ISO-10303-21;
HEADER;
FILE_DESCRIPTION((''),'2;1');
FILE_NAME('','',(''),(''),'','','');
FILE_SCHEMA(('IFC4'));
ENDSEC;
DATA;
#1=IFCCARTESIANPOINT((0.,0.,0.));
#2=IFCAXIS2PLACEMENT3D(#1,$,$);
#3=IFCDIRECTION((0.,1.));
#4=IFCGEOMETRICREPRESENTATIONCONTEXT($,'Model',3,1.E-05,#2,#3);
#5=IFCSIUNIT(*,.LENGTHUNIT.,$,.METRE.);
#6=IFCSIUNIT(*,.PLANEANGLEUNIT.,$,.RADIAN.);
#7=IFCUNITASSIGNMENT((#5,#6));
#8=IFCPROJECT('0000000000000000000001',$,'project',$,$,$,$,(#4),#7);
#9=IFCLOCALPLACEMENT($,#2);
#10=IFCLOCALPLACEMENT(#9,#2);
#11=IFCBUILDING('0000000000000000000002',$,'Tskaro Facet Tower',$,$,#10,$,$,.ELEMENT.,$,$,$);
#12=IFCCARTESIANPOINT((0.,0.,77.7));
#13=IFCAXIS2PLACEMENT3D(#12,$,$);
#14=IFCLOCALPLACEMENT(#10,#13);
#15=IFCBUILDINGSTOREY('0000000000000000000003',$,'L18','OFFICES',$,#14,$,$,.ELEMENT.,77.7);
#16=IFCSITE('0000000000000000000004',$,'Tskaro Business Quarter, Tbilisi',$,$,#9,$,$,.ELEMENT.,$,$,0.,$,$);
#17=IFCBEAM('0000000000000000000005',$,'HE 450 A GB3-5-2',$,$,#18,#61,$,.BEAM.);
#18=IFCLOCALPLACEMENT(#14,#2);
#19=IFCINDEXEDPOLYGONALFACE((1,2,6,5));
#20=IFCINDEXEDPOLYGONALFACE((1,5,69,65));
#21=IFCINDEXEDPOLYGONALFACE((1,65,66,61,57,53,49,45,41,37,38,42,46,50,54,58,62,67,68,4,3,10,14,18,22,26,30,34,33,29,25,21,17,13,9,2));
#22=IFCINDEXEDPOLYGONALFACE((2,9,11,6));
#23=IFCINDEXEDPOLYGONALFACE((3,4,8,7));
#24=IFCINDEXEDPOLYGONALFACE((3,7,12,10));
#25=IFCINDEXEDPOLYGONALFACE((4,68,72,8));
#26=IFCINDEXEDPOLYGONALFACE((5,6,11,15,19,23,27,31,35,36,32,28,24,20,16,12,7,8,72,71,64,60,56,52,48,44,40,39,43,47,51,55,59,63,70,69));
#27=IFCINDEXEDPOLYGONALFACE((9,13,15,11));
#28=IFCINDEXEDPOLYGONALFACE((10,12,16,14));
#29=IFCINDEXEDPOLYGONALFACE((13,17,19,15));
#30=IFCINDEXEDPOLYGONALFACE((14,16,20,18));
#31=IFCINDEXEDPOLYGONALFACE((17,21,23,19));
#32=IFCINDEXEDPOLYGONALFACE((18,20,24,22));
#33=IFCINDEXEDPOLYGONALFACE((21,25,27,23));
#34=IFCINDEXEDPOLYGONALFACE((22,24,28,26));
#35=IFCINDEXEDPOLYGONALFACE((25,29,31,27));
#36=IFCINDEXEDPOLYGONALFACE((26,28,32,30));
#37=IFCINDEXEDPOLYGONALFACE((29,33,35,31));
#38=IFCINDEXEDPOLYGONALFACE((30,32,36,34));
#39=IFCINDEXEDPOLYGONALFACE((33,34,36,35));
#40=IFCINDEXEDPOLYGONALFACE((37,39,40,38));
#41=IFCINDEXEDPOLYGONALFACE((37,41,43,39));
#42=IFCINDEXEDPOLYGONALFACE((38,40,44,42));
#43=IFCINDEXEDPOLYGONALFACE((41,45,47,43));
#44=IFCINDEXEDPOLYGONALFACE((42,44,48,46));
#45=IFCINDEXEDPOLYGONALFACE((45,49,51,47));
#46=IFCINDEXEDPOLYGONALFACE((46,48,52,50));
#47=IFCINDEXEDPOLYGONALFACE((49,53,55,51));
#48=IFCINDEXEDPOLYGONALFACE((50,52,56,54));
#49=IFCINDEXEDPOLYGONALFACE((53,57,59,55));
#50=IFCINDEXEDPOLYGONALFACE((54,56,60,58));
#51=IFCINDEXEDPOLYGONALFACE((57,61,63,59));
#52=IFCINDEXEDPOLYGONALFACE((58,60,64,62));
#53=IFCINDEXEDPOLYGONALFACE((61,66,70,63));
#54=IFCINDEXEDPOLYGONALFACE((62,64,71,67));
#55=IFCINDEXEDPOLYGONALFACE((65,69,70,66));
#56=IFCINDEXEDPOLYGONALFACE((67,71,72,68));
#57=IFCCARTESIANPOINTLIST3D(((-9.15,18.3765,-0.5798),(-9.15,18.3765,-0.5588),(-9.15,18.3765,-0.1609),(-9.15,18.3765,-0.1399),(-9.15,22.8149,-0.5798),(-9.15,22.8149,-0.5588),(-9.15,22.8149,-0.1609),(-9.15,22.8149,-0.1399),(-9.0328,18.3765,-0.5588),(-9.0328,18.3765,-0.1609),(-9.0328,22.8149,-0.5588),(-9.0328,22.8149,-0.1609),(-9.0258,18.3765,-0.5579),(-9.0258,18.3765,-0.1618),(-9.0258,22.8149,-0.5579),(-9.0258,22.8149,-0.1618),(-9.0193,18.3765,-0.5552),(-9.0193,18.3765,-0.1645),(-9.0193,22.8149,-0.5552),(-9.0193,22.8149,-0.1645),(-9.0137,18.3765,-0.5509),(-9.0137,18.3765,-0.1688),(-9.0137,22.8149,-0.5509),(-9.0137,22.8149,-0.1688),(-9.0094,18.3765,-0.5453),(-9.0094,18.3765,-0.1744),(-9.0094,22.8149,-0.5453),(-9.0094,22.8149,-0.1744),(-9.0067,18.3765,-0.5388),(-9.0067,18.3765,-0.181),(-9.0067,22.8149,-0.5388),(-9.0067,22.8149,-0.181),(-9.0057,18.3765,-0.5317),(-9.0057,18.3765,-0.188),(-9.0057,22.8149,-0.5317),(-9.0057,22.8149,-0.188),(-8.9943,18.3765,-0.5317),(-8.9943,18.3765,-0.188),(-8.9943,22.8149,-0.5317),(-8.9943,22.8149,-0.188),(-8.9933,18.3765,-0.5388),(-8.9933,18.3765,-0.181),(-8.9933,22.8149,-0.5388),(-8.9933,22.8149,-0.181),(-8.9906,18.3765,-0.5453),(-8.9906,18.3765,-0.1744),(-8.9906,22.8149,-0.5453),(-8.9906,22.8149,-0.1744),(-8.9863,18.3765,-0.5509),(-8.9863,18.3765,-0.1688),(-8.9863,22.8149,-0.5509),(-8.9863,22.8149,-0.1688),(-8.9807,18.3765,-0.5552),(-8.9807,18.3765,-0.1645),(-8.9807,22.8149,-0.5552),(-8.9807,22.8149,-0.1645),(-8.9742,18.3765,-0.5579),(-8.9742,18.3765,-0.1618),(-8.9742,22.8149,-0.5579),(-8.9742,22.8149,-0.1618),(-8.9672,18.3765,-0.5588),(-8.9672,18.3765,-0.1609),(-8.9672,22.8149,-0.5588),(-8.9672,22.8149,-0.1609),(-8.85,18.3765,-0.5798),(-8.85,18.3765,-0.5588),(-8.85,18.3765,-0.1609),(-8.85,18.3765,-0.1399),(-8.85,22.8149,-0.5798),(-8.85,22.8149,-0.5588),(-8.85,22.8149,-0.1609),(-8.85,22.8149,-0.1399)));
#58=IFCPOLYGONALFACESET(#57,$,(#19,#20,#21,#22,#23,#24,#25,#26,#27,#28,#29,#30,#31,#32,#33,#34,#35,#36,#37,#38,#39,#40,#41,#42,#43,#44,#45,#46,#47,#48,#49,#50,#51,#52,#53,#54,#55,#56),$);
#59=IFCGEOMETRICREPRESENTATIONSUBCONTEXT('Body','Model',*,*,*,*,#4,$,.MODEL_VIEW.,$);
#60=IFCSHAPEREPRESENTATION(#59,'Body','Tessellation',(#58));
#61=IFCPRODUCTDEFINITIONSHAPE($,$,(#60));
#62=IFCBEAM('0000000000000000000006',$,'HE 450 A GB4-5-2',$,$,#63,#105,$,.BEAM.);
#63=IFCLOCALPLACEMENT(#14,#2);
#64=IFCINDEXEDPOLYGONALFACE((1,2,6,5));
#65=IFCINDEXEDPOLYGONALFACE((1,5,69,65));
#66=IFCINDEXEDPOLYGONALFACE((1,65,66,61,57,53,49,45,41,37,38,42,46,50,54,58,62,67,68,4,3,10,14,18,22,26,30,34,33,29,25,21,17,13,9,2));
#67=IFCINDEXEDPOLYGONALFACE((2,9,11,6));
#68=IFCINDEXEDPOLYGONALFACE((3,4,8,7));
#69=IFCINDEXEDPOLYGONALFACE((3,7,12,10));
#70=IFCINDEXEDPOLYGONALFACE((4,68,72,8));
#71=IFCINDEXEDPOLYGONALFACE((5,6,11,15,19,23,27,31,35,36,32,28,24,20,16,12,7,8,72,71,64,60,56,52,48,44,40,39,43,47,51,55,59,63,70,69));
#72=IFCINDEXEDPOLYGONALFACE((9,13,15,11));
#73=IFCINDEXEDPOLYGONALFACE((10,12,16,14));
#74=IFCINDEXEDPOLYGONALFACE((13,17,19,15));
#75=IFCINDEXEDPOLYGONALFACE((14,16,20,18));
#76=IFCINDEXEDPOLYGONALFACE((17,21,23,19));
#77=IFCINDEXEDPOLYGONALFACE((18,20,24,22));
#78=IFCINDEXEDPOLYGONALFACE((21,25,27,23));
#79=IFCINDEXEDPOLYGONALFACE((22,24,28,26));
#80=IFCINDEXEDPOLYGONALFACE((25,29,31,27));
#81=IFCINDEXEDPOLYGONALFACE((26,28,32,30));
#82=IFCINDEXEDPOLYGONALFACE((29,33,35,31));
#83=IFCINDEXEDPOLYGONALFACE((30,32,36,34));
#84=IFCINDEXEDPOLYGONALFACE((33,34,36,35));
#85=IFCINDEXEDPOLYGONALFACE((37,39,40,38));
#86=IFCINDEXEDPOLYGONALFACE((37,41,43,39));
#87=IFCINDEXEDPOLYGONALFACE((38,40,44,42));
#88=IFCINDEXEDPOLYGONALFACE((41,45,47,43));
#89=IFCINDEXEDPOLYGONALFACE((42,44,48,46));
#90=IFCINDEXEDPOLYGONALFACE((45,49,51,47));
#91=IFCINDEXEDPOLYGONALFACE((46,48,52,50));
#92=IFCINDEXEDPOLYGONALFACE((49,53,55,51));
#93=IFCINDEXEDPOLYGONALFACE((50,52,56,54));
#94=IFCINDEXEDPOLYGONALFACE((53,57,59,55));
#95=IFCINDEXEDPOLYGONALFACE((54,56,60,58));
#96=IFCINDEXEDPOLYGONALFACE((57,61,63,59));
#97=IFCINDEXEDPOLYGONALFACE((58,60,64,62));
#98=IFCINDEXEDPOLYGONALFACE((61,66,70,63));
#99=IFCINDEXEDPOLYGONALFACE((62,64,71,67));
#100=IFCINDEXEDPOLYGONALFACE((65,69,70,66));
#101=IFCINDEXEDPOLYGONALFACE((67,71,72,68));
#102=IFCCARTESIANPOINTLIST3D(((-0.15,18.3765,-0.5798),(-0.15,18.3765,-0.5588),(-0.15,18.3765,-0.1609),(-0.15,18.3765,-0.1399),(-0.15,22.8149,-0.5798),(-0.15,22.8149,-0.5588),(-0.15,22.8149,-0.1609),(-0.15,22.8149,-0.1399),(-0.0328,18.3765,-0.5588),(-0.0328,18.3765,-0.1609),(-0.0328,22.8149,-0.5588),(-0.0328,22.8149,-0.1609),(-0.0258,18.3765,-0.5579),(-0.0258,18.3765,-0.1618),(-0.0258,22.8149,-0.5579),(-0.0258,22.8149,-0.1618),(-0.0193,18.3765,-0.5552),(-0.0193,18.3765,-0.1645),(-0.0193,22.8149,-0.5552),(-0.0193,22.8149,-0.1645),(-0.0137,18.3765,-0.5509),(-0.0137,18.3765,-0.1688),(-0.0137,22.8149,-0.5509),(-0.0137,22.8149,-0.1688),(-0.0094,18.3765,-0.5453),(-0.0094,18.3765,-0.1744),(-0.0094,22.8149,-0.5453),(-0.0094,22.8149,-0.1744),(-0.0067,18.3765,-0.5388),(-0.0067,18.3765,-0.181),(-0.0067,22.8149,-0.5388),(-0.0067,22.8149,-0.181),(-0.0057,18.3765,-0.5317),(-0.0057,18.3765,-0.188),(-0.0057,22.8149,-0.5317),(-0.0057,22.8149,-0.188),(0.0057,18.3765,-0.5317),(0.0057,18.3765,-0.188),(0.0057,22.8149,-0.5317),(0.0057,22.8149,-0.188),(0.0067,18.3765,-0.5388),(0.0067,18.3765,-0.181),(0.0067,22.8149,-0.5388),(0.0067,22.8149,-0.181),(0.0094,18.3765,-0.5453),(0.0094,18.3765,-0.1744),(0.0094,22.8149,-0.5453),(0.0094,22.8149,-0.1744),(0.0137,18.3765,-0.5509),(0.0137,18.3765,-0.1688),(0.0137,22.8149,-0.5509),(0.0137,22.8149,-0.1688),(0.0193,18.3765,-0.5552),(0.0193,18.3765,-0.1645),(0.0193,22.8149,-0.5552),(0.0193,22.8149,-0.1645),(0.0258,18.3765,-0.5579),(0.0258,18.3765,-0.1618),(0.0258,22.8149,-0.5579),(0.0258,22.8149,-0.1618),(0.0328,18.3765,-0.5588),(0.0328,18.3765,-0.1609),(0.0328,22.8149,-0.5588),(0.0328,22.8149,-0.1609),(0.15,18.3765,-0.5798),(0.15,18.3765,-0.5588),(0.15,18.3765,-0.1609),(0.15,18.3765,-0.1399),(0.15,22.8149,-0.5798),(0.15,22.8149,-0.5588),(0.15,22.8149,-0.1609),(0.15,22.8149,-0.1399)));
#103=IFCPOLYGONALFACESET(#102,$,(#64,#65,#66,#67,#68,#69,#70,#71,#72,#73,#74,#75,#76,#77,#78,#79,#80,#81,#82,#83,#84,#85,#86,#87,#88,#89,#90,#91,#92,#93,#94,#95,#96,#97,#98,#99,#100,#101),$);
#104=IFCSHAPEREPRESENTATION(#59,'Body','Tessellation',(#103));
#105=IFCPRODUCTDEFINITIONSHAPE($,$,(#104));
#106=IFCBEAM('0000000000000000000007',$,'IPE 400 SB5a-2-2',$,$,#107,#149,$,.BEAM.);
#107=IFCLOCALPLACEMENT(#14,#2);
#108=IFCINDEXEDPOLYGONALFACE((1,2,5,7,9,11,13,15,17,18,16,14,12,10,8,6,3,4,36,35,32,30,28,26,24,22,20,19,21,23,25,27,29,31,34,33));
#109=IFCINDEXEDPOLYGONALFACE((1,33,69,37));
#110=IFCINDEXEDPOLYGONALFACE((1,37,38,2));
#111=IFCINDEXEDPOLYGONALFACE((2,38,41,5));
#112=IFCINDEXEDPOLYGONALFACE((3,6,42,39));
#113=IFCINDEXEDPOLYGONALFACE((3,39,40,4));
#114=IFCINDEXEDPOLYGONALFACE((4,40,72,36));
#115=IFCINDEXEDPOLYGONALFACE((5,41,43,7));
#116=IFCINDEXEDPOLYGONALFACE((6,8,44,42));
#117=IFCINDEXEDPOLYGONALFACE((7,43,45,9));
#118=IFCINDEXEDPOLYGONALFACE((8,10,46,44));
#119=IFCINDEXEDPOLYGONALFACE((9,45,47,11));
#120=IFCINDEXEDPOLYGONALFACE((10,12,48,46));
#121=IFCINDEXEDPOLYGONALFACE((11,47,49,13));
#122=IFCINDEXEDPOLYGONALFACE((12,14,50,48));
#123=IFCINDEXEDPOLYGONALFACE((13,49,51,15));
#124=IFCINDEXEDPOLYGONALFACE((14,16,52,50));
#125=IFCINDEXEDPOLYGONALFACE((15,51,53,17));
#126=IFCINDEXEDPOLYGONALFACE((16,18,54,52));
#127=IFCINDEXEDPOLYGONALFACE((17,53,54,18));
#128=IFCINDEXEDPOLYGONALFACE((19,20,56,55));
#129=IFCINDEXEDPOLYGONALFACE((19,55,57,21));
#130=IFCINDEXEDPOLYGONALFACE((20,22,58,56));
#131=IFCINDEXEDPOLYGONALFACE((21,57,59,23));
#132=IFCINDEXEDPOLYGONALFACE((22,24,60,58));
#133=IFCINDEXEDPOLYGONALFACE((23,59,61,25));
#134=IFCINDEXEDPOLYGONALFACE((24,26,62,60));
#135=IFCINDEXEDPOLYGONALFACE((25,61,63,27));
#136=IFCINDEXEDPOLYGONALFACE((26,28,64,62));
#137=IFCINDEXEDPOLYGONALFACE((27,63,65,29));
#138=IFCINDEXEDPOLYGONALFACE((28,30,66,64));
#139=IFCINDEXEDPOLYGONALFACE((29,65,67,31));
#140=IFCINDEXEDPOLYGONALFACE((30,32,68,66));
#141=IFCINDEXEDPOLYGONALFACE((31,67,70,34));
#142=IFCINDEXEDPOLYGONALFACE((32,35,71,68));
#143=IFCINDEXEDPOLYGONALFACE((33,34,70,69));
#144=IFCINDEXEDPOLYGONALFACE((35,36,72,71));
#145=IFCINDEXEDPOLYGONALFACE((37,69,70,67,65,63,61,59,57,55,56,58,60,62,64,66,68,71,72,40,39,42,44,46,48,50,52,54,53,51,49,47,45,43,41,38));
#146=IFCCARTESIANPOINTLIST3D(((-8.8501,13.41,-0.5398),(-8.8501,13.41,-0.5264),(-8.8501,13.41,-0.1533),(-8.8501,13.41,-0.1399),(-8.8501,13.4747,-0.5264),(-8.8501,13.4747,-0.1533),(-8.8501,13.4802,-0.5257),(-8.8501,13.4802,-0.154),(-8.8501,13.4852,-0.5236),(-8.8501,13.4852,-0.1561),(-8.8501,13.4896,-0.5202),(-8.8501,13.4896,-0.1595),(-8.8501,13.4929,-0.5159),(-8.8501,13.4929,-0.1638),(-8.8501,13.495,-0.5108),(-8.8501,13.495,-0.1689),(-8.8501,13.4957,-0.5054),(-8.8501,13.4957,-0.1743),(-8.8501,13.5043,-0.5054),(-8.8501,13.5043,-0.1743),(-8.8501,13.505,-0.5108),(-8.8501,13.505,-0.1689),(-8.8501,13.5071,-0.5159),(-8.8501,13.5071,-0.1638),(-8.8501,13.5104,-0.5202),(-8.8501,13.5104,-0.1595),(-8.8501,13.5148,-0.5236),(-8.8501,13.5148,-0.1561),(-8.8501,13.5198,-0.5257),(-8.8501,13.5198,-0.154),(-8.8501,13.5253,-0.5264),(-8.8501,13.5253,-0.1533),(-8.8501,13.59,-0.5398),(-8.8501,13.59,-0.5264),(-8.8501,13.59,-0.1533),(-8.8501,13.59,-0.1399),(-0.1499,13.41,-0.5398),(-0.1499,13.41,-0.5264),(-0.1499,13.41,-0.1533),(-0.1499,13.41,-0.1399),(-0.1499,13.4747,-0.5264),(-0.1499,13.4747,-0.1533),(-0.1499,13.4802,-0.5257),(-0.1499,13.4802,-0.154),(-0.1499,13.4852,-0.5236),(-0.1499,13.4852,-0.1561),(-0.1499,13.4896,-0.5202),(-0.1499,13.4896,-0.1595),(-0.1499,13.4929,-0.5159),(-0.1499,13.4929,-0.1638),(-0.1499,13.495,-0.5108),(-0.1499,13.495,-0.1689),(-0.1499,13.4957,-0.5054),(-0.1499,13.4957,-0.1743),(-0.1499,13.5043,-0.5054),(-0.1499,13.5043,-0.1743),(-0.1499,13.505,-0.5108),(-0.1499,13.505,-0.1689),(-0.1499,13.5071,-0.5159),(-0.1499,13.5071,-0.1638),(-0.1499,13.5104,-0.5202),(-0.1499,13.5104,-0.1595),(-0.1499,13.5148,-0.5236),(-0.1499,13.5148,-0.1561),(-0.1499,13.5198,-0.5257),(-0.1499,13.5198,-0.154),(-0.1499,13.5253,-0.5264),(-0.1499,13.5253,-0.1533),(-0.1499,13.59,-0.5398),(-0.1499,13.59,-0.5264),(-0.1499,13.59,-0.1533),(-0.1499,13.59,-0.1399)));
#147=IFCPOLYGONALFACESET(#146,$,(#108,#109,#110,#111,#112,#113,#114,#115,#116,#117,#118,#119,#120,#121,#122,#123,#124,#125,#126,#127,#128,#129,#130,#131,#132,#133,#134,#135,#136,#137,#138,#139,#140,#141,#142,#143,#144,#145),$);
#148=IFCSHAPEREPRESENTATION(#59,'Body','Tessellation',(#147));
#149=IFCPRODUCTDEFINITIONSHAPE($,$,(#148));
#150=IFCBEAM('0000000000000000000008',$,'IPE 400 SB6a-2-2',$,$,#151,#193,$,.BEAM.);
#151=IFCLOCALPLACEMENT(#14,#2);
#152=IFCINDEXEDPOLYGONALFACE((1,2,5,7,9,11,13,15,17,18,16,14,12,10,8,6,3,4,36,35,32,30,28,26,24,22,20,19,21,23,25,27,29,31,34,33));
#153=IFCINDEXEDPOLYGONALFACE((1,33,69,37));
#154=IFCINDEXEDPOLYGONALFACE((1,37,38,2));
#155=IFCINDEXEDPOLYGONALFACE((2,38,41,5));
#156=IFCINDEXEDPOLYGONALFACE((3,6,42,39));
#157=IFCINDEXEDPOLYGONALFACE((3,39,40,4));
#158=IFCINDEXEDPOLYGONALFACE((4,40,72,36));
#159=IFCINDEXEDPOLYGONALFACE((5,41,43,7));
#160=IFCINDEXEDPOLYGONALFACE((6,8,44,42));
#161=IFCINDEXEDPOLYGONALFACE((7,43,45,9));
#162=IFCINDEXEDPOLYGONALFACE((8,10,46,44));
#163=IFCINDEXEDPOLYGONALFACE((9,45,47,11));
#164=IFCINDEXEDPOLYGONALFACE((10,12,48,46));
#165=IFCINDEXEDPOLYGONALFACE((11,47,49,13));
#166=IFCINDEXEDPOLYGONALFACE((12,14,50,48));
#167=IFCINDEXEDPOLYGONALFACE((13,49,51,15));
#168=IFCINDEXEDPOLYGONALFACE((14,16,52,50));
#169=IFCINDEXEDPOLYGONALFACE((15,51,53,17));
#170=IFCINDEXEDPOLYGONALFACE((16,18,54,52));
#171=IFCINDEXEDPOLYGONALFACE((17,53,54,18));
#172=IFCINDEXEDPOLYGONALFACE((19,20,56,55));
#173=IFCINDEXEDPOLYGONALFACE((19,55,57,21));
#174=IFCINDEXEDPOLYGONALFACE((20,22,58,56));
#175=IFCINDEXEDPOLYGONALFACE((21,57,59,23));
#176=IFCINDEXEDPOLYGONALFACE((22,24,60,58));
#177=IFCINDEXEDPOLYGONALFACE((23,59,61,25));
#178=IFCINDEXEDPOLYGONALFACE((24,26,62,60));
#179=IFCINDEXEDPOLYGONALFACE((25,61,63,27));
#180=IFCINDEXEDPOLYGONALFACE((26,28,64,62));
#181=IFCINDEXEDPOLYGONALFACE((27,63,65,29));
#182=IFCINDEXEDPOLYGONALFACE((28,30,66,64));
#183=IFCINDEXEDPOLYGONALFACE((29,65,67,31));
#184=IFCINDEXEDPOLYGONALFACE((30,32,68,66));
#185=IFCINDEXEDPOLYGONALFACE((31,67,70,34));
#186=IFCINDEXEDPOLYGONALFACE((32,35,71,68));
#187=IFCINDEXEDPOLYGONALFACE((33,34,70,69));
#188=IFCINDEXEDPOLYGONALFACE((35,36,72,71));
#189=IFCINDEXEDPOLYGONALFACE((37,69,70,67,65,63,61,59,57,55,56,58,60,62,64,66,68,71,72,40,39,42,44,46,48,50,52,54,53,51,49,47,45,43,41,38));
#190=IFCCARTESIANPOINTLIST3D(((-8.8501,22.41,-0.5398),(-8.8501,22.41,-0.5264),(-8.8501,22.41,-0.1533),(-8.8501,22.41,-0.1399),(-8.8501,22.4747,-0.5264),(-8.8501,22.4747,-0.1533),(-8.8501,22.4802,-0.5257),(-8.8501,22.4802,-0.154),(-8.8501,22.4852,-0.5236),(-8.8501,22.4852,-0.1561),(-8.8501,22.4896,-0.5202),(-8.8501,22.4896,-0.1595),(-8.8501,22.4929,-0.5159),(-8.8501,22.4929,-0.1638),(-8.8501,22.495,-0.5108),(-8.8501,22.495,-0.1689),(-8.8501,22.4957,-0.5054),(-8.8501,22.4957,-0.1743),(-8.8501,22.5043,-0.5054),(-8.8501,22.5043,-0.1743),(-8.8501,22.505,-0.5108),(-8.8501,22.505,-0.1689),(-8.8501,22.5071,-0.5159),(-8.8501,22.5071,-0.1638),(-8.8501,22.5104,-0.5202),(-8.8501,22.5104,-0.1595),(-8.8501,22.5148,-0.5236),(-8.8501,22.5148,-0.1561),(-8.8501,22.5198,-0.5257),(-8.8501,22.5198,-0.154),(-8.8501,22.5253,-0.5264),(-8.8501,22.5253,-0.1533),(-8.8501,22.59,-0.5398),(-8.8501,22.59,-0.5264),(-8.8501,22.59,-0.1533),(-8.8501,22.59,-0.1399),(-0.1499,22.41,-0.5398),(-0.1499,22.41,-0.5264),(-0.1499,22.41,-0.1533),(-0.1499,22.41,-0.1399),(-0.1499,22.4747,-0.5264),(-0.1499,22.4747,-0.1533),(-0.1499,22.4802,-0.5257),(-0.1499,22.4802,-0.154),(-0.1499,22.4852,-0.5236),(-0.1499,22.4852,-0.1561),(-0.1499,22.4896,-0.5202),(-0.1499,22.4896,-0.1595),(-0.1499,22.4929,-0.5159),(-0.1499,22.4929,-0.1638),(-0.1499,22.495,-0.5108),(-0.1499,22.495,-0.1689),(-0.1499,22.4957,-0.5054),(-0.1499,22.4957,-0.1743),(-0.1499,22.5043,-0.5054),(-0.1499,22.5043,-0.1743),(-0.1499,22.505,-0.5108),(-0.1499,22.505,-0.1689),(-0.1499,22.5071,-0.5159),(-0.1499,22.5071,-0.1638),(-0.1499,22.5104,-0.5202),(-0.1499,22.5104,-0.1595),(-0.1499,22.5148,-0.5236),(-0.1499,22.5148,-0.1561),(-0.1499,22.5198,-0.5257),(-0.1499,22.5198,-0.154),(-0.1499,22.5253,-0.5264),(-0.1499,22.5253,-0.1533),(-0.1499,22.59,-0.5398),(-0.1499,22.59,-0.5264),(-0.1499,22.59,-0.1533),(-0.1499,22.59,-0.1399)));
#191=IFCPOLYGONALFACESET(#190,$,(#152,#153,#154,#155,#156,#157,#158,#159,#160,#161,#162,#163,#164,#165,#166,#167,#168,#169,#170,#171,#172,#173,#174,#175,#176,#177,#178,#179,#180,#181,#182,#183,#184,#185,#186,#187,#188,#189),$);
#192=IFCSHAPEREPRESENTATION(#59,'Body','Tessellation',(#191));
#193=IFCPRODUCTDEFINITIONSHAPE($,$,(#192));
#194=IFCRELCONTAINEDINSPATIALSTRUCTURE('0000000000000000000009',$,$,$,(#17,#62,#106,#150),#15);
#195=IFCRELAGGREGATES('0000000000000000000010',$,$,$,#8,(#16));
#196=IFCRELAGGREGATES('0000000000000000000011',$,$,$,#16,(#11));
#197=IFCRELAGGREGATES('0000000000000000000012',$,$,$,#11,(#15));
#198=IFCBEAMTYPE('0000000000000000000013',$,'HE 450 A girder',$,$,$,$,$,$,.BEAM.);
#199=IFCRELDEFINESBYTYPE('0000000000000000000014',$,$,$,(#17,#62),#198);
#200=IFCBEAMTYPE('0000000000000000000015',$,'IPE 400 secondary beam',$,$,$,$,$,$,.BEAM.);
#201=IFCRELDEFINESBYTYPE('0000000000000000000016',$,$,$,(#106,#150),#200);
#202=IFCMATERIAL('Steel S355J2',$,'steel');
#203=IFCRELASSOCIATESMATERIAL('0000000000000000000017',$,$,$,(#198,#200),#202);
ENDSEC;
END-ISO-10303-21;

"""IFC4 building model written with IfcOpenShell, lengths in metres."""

from ifc_helpers import new_model, si_unit, direction, frame, origin, origin_2d, place, context, subcontext, project, spatial, i_section, extrude, material, material_profile, profile_set, type_object, element, save


model = new_model("IFC4")

# Units and contexts
model_context = context("Model", 3, precision=1e-05, world=origin(), true_north=direction((0.0, 1.0)))
body_context = subcontext(model_context, "Body", "Model", "MODEL_VIEW")
ifc_project = project(units=[si_unit("LENGTHUNIT", "METRE"), si_unit("PLANEANGLEUNIT", "RADIAN")], contexts=[model_context])

# Site, building, storey
site_placement = place(None, origin())
site = spatial("IfcSite", under=ifc_project, at=site_placement, Name="Tskaro Business Quarter, Tbilisi", CompositionType="ELEMENT", RefElevation=0.0)
building_placement = place(site_placement, origin())
building = spatial("IfcBuilding", under=site, at=building_placement, Name="Tskaro Facet Tower", CompositionType="ELEMENT")
storey_placement = place(building_placement, frame((0.0, 0.0, 77.7)))
storey = spatial("IfcBuildingStorey", under=building, at=storey_placement, Name="L18", Description="OFFICES", CompositionType="ELEMENT", Elevation=77.7)

# Beams
ifc_material_1 = material(Name="Steel S355J2", Category="steel")
ifc_material_profile_1 = material_profile(ifc_material_1, i_section(OverallWidth=0.3, OverallDepth=0.4399, WebThickness=0.0115, FlangeThickness=0.021, FilletRadius=0.0271, at=origin_2d()), Name="HE 450 A")
ifc_profile_set_1 = profile_set([ifc_material_profile_1], Name="Steel S355J2")
beam_type_1 = type_object("IfcBeamType", Name="HE 450 A girder", PredefinedType="BEAM", material=ifc_profile_set_1)
for number, where, z_axis, x_axis, name in (
    (1, (-9.0, 18.3765, -0.3599), (0.0, 1.0, 0.0), (-1.0, 0.0, 0.0), "HE 450 A GB3-5-2"),
    (2, (0.0, 18.3765, -0.3599), (0.0, 1.0, 0.0), (-1.0, 0.0, 0.0), "HE 450 A GB4-5-2"),
):
    element("IfcBeam", number, at=place(storey_placement, frame(where, z_axis=z_axis, x_axis=x_axis)), inside=storey, type_object=beam_type_1, Name=name, PredefinedType="BEAM", context=body_context, shape_type="SweptSolid", body=[
        extrude(i_section(OverallWidth=0.3, OverallDepth=0.4399, WebThickness=0.0115, FlangeThickness=0.021, FilletRadius=0.0271, at=origin_2d()), origin(), (0.0, 0.0, 1.0), 4.4385),
    ])
ifc_material_profile_2 = material_profile(ifc_material_1, i_section(OverallWidth=0.1799, OverallDepth=0.3999, WebThickness=0.0085, FlangeThickness=0.0134, FilletRadius=0.021, at=origin_2d()), Name="IPE 400")
ifc_profile_set_2 = profile_set([ifc_material_profile_2], Name="Steel S355J2")
beam_type_2 = type_object("IfcBeamType", Name="IPE 400 secondary beam", PredefinedType="BEAM", material=ifc_profile_set_2)
for number, where, z_axis, x_axis, name in (
    (3, (-8.8501, 13.5, -0.3398), (1.0, 0.0, 0.0), (0.0, 1.0, 0.0), "IPE 400 SB5a-2-2"),
    (4, (-8.8501, 22.5, -0.3398), (1.0, 0.0, 0.0), (0.0, 1.0, 0.0), "IPE 400 SB6a-2-2"),
):
    element("IfcBeam", number, at=place(storey_placement, frame(where, z_axis=z_axis, x_axis=x_axis)), inside=storey, type_object=beam_type_2, Name=name, PredefinedType="BEAM", context=body_context, shape_type="SweptSolid", body=[
        extrude(i_section(OverallWidth=0.1799, OverallDepth=0.3999, WebThickness=0.0085, FlangeThickness=0.0134, FilletRadius=0.021, at=origin_2d()), origin(), (0.0, 0.0, 1.0), 8.7002),
    ])

save(model, "model.ifc")
